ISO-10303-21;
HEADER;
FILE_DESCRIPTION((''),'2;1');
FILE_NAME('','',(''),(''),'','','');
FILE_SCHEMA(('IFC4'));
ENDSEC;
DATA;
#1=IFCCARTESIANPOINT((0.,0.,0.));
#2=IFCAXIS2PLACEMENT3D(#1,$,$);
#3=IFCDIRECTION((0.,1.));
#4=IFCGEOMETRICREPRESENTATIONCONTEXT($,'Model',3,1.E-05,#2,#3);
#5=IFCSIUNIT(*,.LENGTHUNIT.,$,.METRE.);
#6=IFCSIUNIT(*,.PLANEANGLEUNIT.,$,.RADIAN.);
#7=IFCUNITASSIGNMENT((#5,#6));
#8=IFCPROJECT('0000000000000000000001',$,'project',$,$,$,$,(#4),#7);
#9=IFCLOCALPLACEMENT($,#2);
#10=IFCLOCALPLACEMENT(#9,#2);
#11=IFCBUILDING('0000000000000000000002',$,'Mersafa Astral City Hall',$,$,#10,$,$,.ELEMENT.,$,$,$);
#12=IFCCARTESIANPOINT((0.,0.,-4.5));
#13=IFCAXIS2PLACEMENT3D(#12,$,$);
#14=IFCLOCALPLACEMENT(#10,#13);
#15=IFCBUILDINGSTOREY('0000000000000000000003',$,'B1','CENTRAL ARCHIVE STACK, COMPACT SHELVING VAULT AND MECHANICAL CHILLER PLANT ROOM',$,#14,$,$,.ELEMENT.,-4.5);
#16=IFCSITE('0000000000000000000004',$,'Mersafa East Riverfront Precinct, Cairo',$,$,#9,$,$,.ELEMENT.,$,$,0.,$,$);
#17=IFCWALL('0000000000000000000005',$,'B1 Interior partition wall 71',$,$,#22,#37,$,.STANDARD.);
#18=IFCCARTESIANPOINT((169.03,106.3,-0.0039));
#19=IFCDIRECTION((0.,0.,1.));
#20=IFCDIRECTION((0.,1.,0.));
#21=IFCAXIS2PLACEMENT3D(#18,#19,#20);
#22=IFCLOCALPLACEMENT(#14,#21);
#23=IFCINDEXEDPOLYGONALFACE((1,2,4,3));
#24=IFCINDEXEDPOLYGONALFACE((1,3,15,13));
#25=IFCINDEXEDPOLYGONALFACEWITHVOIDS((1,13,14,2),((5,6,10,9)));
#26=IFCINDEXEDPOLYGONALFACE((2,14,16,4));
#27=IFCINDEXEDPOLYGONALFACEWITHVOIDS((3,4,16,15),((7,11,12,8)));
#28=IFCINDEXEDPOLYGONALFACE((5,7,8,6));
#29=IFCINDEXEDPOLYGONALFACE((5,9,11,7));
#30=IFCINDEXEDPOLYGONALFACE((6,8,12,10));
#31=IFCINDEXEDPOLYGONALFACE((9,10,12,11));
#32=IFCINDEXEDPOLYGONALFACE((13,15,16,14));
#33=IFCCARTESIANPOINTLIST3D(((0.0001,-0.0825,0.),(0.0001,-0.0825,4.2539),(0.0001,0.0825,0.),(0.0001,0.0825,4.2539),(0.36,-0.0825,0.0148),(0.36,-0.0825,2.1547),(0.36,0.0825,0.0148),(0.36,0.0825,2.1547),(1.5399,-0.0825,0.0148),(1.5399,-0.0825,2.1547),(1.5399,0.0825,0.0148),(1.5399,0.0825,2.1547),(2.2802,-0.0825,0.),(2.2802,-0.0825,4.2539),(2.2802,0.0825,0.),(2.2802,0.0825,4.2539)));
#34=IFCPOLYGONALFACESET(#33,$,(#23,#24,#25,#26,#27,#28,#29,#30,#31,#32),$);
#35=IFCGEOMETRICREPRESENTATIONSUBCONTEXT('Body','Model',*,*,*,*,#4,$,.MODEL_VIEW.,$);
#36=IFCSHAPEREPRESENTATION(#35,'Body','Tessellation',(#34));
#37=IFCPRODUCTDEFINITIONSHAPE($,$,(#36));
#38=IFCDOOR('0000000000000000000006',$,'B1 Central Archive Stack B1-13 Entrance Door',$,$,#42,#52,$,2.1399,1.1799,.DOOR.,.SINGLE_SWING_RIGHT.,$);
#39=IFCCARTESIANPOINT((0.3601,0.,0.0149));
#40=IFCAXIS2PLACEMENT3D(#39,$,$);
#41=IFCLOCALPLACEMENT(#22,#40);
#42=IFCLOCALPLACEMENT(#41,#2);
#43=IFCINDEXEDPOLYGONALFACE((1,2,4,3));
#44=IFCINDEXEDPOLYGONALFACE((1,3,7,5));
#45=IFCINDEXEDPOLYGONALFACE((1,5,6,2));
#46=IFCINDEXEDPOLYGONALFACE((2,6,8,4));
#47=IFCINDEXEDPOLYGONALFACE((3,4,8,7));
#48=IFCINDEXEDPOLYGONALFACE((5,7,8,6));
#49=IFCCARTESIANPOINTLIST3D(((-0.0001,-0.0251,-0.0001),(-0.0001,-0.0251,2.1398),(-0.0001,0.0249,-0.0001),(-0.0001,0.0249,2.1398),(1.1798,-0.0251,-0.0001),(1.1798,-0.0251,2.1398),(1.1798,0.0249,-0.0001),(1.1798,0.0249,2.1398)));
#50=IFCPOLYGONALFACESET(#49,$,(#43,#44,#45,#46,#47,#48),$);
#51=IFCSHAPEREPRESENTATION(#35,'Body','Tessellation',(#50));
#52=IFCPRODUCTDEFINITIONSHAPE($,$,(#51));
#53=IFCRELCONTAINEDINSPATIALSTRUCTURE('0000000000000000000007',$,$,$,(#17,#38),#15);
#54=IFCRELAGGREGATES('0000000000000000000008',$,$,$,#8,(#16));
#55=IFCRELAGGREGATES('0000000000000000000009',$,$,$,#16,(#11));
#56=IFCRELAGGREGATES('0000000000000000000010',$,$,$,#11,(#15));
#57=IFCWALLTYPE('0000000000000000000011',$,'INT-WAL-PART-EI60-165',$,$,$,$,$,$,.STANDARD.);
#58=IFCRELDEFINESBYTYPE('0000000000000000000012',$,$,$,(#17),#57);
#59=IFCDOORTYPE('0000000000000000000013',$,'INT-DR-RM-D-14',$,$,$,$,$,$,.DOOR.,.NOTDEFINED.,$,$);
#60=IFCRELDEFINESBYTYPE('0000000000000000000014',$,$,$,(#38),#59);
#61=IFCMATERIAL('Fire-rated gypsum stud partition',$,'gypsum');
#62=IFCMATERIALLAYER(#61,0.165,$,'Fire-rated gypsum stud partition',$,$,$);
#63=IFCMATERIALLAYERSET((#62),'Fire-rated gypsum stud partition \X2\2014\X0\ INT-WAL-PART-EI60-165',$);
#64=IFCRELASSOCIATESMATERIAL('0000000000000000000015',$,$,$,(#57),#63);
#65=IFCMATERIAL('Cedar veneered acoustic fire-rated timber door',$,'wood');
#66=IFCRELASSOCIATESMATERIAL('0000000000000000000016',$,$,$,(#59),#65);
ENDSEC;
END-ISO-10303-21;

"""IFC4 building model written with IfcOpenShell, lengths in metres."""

from ifc_helpers import new_model, si_unit, direction, frame, frame_2d, origin, place, context, subcontext, project, spatial, rectangle, extrude, material, layer, layer_set, type_object, element, fill, save


model = new_model("IFC4")

# Units and contexts
model_context = context("Model", 3, precision=1e-05, world=origin(), true_north=direction((0.0, 1.0)))
body_context = subcontext(model_context, "Body", "Model", "MODEL_VIEW")
ifc_project = project(units=[si_unit("LENGTHUNIT", "METRE"), si_unit("PLANEANGLEUNIT", "RADIAN")], contexts=[model_context])

# Site, building, storey
site_placement = place(None, origin())
site = spatial("IfcSite", under=ifc_project, at=site_placement, Name="Mersafa East Riverfront Precinct, Cairo", CompositionType="ELEMENT", RefElevation=0.0)
building_placement = place(site_placement, origin())
building = spatial("IfcBuilding", under=site, at=building_placement, Name="Mersafa Astral City Hall", CompositionType="ELEMENT")
storey_placement = place(building_placement, frame((0.0, 0.0, -4.5)))
storey = spatial("IfcBuildingStorey", under=building, at=storey_placement, Name="B1", Description="CENTRAL ARCHIVE STACK, COMPACT SHELVING VAULT AND MECHANICAL CHILLER PLANT ROOM", CompositionType="ELEMENT", Elevation=-4.5)

# Wall, opening, door
ifc_material_1 = material(Name="Fire-rated gypsum stud partition", Category="gypsum")
ifc_layer_1 = layer(ifc_material_1, 0.165, Name="Fire-rated gypsum stud partition")
ifc_layer_set_1 = layer_set([ifc_layer_1], Name="Fire-rated gypsum stud partition — INT-WAL-PART-EI60-165")
wall_type_1 = type_object("IfcWallType", Name="INT-WAL-PART-EI60-165", PredefinedType="STANDARD", material=ifc_layer_set_1)
wall_1_placement = place(storey_placement, frame((169.03, 106.3, -0.0039), z_axis=(0.0, 0.0, 1.0), x_axis=(0.0, 1.0, 0.0)))
wall_1 = element("IfcWall", 1, at=wall_1_placement, inside=storey, type_object=wall_type_1, Name="B1 Interior partition wall 71", PredefinedType="STANDARD", context=body_context, shape_type="SweptSolid", body=[
    extrude(rectangle(XDim=2.28, YDim=0.165, at=frame_2d((1.1401, 0.0))), origin(), (0.0, 0.0, 1.0), 4.2539),
])
opening_placement = place(wall_1_placement, frame((0.3601, 0.0, 0.0149)))
opening = element("IfcOpeningElement", 2, at=opening_placement, cuts=wall_1, PredefinedType="OPENING", context=body_context, shape_type="SweptSolid", body=[
    extrude(rectangle(XDim=1.1799, YDim=2.1399, at=frame_2d((0.5898, 1.0698))), frame((0.0, 0.0925, 0.0), z_axis=(0.0, -1.0, 0.0), x_axis=(1.0, 0.0, 0.0)), (0.0, 0.0, 1.0), 0.1851),
])
ifc_material_2 = material(Name="Cedar veneered acoustic fire-rated timber door", Category="wood")
door_type = type_object("IfcDoorType", Name="INT-DR-RM-D-14", OperationType="NOTDEFINED", PredefinedType="DOOR", material=ifc_material_2)
door_placement = place(opening_placement, origin())
door = element("IfcDoor", 3, at=door_placement, inside=storey, type_object=door_type, Name="B1 Central Archive Stack B1-13 Entrance Door", OperationType="SINGLE_SWING_RIGHT", OverallHeight=2.1399, OverallWidth=1.1799, PredefinedType="DOOR", context=body_context, shape_type="SweptSolid", body=[
    extrude(rectangle(XDim=1.1799, YDim=2.1399, at=frame_2d((0.5898, 1.0698))), frame((0.0, 0.0249, 0.0), z_axis=(0.0, -1.0, 0.0), x_axis=(1.0, 0.0, 0.0)), (0.0, 0.0, 1.0), 0.05),
])
fill(opening, door)

save(model, "model.ifc")
